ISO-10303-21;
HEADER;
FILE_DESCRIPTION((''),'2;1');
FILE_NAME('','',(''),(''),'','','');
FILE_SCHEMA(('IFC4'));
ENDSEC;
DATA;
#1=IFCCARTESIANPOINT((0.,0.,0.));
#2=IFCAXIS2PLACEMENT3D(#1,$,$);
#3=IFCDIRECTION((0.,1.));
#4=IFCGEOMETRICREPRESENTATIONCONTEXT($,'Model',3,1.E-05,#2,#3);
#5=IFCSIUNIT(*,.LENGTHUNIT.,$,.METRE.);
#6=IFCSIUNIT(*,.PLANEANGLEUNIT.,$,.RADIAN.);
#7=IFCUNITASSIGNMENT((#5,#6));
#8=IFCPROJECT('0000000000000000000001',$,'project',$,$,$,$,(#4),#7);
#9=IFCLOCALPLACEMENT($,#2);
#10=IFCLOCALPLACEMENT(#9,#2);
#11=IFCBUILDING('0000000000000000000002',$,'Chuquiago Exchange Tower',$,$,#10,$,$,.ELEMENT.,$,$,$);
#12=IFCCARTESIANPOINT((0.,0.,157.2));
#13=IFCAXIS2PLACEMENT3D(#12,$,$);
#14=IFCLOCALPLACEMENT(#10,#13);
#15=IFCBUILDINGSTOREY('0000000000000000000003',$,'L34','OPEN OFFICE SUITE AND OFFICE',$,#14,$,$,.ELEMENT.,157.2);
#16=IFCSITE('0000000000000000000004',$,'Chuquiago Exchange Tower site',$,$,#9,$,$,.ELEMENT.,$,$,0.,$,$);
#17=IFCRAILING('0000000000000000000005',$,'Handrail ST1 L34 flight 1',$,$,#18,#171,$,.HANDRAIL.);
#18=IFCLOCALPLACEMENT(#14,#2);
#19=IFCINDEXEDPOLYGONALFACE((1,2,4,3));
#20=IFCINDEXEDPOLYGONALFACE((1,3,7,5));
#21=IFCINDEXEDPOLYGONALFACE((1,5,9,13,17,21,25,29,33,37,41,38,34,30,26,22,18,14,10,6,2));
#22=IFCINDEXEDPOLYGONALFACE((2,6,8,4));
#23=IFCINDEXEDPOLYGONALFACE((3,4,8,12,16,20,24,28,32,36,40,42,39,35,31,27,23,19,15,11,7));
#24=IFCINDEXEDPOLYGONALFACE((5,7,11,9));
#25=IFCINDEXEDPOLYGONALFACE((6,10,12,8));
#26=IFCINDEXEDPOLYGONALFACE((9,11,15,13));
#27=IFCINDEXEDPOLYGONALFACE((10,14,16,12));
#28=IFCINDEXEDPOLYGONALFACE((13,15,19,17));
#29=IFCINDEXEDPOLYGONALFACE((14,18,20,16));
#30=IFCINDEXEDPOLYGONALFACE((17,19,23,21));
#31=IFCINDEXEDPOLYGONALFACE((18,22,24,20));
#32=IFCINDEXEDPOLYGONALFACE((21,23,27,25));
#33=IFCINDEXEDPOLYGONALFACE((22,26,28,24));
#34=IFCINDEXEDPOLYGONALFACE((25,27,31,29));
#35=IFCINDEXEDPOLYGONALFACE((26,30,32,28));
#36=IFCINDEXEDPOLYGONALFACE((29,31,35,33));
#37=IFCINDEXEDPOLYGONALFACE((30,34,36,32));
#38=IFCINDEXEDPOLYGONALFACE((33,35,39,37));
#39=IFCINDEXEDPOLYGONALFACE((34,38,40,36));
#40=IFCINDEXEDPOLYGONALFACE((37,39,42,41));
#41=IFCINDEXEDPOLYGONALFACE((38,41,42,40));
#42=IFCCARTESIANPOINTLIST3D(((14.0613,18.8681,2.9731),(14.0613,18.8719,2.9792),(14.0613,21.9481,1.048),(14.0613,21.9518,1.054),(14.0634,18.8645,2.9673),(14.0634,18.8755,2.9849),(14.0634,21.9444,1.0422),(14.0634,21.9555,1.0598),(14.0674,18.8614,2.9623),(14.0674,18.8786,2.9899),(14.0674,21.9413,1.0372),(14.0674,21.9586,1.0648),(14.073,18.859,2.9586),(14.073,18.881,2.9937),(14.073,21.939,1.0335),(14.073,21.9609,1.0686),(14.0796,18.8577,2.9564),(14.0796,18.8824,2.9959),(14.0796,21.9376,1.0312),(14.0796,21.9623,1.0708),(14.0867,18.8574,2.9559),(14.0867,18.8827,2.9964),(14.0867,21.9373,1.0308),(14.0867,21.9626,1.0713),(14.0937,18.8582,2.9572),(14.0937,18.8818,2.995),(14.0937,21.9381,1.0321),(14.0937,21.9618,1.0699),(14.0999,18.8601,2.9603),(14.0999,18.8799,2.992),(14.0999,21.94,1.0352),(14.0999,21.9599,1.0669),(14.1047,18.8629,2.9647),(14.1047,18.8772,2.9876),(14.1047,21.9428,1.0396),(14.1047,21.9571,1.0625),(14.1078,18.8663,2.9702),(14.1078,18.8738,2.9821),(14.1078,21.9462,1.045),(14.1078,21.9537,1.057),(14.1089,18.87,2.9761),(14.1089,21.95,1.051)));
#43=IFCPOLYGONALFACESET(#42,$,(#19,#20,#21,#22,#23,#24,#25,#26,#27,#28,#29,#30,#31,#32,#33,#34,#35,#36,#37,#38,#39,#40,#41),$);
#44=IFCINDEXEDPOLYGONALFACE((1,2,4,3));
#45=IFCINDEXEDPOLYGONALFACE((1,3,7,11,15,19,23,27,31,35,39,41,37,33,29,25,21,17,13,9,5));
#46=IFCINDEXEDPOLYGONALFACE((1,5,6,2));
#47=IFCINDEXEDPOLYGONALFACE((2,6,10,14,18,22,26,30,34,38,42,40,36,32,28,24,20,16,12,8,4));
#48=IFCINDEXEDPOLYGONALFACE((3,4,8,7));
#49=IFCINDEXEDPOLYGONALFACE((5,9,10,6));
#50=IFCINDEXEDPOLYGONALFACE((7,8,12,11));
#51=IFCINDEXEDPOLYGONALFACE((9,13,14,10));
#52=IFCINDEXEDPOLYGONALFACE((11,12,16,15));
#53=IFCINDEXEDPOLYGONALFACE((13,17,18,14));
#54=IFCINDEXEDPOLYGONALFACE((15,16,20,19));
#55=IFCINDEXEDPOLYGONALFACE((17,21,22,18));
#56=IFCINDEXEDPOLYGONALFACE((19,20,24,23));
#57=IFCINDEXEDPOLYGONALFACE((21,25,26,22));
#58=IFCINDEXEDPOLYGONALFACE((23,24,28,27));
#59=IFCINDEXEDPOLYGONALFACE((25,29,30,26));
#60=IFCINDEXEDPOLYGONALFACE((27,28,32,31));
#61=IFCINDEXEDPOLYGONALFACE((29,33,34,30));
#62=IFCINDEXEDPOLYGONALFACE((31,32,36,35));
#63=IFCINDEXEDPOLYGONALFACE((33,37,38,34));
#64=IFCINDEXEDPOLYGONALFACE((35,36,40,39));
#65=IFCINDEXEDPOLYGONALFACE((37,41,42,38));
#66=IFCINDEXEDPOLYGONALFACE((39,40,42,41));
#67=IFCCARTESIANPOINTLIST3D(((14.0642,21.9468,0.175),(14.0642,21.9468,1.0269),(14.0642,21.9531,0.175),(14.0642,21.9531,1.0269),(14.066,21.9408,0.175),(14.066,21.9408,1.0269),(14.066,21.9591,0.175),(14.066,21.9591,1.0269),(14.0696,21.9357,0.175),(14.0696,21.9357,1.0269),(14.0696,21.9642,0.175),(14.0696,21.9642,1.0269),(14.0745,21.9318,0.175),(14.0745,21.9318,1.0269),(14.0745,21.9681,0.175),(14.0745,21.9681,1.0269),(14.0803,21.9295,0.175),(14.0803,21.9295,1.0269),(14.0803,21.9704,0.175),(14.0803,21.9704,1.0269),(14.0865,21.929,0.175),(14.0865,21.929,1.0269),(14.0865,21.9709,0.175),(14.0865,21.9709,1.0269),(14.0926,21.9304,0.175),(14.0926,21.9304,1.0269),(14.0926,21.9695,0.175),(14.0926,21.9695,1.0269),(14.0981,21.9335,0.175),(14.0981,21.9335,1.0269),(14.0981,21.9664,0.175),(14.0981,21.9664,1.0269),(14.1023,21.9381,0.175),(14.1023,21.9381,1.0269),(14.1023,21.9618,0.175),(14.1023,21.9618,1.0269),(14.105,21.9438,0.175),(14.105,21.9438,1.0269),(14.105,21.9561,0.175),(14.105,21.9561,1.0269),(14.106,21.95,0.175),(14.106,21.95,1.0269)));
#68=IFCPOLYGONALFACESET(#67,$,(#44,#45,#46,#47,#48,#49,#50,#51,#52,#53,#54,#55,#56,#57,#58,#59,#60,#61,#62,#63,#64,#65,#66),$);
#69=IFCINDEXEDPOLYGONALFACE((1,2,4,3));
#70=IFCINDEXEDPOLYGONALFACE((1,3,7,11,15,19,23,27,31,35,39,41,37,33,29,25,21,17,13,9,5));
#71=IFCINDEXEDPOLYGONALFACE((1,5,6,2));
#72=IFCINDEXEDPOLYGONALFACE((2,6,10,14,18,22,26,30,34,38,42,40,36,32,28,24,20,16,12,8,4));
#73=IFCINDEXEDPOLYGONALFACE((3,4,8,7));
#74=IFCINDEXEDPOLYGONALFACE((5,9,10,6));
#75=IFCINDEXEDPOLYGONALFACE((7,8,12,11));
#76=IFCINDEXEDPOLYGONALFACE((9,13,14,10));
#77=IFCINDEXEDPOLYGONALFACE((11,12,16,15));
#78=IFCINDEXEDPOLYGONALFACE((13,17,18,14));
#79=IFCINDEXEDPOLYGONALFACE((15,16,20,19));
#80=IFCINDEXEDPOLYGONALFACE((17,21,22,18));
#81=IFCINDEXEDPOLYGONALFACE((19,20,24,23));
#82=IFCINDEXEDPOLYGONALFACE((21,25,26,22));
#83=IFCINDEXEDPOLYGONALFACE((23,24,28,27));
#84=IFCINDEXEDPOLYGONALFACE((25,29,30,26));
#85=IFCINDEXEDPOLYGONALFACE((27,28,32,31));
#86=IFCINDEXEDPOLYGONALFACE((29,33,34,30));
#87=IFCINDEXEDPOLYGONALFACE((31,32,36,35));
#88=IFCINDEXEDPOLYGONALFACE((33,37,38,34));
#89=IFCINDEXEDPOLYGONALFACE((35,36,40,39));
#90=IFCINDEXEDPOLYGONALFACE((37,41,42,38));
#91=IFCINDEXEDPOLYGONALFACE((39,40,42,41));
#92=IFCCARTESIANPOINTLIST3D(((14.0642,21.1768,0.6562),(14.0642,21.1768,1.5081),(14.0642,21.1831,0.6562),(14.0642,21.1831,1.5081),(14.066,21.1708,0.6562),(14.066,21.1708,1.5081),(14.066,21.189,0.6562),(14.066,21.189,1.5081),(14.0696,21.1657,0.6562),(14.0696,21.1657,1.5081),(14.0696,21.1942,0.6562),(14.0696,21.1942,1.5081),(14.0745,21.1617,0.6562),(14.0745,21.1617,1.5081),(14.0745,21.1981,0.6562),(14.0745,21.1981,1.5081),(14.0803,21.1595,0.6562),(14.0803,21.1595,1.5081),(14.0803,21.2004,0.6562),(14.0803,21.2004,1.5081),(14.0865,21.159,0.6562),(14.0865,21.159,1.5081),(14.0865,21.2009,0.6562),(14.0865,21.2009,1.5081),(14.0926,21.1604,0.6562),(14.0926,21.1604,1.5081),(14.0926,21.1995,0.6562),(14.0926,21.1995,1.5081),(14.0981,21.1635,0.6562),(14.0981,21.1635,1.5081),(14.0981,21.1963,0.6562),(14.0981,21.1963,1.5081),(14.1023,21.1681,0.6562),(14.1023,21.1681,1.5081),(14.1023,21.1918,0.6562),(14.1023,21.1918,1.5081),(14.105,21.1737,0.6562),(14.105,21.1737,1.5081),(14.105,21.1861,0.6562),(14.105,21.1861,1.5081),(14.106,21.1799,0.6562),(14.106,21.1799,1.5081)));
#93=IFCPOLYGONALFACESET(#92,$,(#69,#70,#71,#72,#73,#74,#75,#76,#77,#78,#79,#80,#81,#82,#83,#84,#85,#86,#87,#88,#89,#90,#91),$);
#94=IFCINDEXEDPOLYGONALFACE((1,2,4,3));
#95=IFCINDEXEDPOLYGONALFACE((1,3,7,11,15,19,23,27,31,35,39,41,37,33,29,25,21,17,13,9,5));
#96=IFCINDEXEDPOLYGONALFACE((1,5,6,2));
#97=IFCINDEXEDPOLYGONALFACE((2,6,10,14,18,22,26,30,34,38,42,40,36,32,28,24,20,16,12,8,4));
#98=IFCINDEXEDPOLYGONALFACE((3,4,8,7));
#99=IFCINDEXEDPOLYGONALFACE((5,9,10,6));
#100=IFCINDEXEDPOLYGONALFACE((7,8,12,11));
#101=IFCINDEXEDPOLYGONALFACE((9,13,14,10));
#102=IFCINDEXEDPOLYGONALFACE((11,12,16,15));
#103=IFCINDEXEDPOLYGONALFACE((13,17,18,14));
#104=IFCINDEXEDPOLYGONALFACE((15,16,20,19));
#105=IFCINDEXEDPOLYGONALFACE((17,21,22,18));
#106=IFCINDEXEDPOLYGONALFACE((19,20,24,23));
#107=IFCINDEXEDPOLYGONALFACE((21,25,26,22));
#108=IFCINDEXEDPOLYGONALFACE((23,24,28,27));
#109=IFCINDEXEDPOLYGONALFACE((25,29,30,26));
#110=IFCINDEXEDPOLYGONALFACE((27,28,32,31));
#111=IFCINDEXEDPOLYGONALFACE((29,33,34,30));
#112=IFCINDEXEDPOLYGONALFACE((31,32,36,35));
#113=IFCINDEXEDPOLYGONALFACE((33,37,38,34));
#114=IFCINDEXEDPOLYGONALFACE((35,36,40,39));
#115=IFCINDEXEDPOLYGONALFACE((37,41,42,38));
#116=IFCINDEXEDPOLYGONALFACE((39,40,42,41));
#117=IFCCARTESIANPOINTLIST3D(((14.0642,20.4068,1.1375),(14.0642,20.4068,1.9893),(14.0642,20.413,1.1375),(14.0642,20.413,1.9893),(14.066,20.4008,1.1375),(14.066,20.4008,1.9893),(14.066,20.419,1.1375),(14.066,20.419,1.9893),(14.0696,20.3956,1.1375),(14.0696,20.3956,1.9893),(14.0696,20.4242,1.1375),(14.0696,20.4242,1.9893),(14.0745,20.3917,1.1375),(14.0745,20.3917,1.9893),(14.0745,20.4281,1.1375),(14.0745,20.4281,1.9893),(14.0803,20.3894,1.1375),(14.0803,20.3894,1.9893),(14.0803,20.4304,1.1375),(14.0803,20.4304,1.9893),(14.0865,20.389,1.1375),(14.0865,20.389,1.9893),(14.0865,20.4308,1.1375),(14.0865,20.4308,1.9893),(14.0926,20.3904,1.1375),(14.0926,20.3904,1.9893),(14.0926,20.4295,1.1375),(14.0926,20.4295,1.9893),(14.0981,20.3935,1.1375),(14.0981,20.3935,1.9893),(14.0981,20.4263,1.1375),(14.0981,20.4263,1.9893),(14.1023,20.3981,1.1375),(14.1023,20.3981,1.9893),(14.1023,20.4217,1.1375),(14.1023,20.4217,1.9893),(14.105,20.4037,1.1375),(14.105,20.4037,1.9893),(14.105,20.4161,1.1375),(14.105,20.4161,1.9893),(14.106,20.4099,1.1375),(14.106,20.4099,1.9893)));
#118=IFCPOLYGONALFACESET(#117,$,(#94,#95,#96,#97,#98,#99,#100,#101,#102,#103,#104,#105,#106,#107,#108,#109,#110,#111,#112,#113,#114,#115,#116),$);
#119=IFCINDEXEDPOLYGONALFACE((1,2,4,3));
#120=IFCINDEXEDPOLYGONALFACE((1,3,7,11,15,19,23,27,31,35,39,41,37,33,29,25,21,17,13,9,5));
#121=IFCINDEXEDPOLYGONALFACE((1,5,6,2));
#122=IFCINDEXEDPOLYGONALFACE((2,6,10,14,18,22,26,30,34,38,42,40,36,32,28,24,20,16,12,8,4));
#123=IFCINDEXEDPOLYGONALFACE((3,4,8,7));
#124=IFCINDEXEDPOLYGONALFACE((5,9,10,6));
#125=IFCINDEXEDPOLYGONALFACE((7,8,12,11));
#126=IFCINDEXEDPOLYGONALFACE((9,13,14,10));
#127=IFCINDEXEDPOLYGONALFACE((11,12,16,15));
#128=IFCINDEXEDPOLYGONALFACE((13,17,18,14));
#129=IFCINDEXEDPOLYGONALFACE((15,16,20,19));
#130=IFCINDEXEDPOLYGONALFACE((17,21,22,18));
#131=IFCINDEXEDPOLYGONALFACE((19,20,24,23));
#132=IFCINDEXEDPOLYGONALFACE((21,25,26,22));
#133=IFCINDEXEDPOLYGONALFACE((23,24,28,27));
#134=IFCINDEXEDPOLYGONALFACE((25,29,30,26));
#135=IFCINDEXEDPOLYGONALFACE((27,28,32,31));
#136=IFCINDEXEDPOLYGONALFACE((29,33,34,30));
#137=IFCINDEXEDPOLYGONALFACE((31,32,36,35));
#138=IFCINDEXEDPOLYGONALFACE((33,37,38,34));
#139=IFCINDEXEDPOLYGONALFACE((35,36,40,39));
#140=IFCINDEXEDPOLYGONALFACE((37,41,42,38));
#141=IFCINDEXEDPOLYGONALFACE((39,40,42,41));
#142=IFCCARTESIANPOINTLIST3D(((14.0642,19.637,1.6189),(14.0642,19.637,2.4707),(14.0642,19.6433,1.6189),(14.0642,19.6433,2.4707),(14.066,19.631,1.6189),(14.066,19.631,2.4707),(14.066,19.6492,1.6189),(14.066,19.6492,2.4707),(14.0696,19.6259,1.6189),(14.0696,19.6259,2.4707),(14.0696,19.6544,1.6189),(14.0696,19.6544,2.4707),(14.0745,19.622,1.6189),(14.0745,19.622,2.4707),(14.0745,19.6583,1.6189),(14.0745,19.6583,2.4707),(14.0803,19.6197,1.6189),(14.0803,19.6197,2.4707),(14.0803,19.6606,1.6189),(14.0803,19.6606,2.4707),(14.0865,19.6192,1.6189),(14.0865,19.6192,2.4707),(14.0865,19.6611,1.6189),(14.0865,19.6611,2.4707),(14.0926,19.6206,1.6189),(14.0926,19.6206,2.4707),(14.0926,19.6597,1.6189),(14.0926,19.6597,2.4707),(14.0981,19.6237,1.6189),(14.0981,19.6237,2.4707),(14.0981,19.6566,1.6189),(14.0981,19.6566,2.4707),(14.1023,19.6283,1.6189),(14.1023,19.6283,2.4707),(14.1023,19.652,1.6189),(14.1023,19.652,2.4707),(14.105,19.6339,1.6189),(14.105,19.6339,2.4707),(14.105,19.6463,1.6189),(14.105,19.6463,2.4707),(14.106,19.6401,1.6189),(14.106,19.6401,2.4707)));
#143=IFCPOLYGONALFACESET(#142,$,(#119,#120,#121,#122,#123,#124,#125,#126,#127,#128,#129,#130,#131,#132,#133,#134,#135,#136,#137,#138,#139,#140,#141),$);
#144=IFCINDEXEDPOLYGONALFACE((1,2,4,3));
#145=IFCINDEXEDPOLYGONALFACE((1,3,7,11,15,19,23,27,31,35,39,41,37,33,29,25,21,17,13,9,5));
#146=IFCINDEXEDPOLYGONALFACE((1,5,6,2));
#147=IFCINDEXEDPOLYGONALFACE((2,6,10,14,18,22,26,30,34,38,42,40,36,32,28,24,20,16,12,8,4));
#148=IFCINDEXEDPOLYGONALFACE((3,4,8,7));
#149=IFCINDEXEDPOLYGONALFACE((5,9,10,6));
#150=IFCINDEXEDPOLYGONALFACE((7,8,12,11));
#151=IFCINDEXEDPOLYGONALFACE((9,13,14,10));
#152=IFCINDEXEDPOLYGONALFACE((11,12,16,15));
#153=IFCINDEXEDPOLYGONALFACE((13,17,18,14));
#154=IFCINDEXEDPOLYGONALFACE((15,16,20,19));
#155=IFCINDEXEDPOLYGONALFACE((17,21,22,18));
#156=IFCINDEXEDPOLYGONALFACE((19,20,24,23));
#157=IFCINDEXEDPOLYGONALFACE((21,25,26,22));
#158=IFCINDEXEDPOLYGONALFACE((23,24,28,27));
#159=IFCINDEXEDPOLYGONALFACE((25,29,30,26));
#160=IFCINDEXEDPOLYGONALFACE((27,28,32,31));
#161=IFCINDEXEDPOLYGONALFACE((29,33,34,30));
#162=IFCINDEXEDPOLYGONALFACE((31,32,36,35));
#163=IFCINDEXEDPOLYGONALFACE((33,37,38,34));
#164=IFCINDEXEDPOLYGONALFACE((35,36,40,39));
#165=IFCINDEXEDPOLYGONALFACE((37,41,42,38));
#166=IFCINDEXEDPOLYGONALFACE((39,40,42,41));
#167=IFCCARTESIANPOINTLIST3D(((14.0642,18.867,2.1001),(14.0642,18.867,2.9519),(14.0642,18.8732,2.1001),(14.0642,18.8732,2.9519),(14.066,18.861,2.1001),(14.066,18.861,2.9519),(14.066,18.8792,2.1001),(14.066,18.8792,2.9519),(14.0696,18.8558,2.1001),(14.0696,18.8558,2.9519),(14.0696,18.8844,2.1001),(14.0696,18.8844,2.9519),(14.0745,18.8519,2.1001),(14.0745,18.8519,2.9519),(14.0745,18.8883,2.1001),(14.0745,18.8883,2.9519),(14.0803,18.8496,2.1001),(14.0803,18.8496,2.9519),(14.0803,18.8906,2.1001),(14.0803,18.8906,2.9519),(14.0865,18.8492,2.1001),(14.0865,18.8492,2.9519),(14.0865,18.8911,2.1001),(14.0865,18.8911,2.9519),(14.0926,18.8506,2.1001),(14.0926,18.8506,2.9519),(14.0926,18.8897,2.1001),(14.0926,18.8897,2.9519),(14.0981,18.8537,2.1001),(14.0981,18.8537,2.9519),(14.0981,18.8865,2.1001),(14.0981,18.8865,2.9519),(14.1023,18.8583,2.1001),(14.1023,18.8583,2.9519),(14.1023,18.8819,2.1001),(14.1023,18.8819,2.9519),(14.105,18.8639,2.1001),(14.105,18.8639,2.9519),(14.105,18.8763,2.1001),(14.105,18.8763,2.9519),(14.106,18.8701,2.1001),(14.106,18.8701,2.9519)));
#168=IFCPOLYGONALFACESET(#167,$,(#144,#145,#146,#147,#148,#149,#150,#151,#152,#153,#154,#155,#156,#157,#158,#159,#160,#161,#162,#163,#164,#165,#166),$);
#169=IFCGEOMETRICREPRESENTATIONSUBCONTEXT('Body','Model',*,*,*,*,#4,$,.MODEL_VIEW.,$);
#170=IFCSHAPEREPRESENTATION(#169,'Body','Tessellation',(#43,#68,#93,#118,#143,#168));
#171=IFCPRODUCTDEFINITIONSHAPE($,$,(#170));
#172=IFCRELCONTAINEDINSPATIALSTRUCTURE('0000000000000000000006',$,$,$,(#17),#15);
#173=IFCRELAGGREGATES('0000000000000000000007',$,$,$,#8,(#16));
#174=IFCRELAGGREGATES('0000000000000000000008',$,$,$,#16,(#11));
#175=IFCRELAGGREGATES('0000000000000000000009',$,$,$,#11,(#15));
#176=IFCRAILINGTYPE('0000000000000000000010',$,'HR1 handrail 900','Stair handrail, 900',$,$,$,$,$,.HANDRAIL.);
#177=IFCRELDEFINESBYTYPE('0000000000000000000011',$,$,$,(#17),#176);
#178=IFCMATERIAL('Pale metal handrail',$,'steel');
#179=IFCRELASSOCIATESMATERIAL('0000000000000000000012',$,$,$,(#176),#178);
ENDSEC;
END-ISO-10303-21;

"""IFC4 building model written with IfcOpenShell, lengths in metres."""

from ifc_helpers import new_model, si_unit, direction, frame, origin, origin_2d, place, context, subcontext, project, spatial, circle, extrude, material, type_object, element, save


model = new_model("IFC4")

# Units and contexts
model_context = context("Model", 3, precision=1e-05, world=origin(), true_north=direction((0.0, 1.0)))
body_context = subcontext(model_context, "Body", "Model", "MODEL_VIEW")
ifc_project = project(units=[si_unit("LENGTHUNIT", "METRE"), si_unit("PLANEANGLEUNIT", "RADIAN")], contexts=[model_context])

# Site, building, storey
site_placement = place(None, origin())
site = spatial("IfcSite", under=ifc_project, at=site_placement, Name="Chuquiago Exchange Tower site", CompositionType="ELEMENT", RefElevation=0.0)
building_placement = place(site_placement, origin())
building = spatial("IfcBuilding", under=site, at=building_placement, Name="Chuquiago Exchange Tower", CompositionType="ELEMENT")
storey_placement = place(building_placement, frame((0.0, 0.0, 157.2)))
storey = spatial("IfcBuildingStorey", under=building, at=storey_placement, Name="L34", Description="OPEN OFFICE SUITE AND OFFICE", CompositionType="ELEMENT", Elevation=157.2)

# Railing
ifc_material_1 = material(Name="Pale metal handrail", Category="steel")
railing_type = type_object("IfcRailingType", Name="HR1 handrail 900", Description="Stair handrail, 900", PredefinedType="HANDRAIL", material=ifc_material_1)
for number, where, name in (
    (1, (14.085, 21.95, 0.175), "Handrail ST1 L34 flight 1"),
):
    element("IfcRailing", number, at=place(storey_placement, frame(where)), inside=storey, type_object=railing_type, Name=name, PredefinedType="HANDRAIL", context=body_context, shape_type="SweptSolid", body=[
        extrude(circle(Radius=0.0239, at=origin_2d()), frame((0.0, 0.0, 0.876), z_axis=(0.0, -0.847979, 0.530029), x_axis=(1.0, 0.0, 0.0)), (0.0, 0.0, 1.0), 3.6321),
        extrude(circle(Radius=0.021, at=origin_2d()), origin(), (0.0, 0.0, 1.0), 0.8518),
        extrude(circle(Radius=0.021, at=origin_2d()), frame((0.0, -0.77, 0.4812)), (0.0, 0.0, 1.0), 0.8518),
        extrude(circle(Radius=0.021, at=origin_2d()), frame((0.0, -1.54, 0.9624)), (0.0, 0.0, 1.0), 0.8518),
        extrude(circle(Radius=0.021, at=origin_2d()), frame((0.0, -2.3098, 1.4438)), (0.0, 0.0, 1.0), 0.8518),
        extrude(circle(Radius=0.021, at=origin_2d()), frame((0.0, -3.0798, 1.925)), (0.0, 0.0, 1.0), 0.8518),
    ])

save(model, "model.ifc")
